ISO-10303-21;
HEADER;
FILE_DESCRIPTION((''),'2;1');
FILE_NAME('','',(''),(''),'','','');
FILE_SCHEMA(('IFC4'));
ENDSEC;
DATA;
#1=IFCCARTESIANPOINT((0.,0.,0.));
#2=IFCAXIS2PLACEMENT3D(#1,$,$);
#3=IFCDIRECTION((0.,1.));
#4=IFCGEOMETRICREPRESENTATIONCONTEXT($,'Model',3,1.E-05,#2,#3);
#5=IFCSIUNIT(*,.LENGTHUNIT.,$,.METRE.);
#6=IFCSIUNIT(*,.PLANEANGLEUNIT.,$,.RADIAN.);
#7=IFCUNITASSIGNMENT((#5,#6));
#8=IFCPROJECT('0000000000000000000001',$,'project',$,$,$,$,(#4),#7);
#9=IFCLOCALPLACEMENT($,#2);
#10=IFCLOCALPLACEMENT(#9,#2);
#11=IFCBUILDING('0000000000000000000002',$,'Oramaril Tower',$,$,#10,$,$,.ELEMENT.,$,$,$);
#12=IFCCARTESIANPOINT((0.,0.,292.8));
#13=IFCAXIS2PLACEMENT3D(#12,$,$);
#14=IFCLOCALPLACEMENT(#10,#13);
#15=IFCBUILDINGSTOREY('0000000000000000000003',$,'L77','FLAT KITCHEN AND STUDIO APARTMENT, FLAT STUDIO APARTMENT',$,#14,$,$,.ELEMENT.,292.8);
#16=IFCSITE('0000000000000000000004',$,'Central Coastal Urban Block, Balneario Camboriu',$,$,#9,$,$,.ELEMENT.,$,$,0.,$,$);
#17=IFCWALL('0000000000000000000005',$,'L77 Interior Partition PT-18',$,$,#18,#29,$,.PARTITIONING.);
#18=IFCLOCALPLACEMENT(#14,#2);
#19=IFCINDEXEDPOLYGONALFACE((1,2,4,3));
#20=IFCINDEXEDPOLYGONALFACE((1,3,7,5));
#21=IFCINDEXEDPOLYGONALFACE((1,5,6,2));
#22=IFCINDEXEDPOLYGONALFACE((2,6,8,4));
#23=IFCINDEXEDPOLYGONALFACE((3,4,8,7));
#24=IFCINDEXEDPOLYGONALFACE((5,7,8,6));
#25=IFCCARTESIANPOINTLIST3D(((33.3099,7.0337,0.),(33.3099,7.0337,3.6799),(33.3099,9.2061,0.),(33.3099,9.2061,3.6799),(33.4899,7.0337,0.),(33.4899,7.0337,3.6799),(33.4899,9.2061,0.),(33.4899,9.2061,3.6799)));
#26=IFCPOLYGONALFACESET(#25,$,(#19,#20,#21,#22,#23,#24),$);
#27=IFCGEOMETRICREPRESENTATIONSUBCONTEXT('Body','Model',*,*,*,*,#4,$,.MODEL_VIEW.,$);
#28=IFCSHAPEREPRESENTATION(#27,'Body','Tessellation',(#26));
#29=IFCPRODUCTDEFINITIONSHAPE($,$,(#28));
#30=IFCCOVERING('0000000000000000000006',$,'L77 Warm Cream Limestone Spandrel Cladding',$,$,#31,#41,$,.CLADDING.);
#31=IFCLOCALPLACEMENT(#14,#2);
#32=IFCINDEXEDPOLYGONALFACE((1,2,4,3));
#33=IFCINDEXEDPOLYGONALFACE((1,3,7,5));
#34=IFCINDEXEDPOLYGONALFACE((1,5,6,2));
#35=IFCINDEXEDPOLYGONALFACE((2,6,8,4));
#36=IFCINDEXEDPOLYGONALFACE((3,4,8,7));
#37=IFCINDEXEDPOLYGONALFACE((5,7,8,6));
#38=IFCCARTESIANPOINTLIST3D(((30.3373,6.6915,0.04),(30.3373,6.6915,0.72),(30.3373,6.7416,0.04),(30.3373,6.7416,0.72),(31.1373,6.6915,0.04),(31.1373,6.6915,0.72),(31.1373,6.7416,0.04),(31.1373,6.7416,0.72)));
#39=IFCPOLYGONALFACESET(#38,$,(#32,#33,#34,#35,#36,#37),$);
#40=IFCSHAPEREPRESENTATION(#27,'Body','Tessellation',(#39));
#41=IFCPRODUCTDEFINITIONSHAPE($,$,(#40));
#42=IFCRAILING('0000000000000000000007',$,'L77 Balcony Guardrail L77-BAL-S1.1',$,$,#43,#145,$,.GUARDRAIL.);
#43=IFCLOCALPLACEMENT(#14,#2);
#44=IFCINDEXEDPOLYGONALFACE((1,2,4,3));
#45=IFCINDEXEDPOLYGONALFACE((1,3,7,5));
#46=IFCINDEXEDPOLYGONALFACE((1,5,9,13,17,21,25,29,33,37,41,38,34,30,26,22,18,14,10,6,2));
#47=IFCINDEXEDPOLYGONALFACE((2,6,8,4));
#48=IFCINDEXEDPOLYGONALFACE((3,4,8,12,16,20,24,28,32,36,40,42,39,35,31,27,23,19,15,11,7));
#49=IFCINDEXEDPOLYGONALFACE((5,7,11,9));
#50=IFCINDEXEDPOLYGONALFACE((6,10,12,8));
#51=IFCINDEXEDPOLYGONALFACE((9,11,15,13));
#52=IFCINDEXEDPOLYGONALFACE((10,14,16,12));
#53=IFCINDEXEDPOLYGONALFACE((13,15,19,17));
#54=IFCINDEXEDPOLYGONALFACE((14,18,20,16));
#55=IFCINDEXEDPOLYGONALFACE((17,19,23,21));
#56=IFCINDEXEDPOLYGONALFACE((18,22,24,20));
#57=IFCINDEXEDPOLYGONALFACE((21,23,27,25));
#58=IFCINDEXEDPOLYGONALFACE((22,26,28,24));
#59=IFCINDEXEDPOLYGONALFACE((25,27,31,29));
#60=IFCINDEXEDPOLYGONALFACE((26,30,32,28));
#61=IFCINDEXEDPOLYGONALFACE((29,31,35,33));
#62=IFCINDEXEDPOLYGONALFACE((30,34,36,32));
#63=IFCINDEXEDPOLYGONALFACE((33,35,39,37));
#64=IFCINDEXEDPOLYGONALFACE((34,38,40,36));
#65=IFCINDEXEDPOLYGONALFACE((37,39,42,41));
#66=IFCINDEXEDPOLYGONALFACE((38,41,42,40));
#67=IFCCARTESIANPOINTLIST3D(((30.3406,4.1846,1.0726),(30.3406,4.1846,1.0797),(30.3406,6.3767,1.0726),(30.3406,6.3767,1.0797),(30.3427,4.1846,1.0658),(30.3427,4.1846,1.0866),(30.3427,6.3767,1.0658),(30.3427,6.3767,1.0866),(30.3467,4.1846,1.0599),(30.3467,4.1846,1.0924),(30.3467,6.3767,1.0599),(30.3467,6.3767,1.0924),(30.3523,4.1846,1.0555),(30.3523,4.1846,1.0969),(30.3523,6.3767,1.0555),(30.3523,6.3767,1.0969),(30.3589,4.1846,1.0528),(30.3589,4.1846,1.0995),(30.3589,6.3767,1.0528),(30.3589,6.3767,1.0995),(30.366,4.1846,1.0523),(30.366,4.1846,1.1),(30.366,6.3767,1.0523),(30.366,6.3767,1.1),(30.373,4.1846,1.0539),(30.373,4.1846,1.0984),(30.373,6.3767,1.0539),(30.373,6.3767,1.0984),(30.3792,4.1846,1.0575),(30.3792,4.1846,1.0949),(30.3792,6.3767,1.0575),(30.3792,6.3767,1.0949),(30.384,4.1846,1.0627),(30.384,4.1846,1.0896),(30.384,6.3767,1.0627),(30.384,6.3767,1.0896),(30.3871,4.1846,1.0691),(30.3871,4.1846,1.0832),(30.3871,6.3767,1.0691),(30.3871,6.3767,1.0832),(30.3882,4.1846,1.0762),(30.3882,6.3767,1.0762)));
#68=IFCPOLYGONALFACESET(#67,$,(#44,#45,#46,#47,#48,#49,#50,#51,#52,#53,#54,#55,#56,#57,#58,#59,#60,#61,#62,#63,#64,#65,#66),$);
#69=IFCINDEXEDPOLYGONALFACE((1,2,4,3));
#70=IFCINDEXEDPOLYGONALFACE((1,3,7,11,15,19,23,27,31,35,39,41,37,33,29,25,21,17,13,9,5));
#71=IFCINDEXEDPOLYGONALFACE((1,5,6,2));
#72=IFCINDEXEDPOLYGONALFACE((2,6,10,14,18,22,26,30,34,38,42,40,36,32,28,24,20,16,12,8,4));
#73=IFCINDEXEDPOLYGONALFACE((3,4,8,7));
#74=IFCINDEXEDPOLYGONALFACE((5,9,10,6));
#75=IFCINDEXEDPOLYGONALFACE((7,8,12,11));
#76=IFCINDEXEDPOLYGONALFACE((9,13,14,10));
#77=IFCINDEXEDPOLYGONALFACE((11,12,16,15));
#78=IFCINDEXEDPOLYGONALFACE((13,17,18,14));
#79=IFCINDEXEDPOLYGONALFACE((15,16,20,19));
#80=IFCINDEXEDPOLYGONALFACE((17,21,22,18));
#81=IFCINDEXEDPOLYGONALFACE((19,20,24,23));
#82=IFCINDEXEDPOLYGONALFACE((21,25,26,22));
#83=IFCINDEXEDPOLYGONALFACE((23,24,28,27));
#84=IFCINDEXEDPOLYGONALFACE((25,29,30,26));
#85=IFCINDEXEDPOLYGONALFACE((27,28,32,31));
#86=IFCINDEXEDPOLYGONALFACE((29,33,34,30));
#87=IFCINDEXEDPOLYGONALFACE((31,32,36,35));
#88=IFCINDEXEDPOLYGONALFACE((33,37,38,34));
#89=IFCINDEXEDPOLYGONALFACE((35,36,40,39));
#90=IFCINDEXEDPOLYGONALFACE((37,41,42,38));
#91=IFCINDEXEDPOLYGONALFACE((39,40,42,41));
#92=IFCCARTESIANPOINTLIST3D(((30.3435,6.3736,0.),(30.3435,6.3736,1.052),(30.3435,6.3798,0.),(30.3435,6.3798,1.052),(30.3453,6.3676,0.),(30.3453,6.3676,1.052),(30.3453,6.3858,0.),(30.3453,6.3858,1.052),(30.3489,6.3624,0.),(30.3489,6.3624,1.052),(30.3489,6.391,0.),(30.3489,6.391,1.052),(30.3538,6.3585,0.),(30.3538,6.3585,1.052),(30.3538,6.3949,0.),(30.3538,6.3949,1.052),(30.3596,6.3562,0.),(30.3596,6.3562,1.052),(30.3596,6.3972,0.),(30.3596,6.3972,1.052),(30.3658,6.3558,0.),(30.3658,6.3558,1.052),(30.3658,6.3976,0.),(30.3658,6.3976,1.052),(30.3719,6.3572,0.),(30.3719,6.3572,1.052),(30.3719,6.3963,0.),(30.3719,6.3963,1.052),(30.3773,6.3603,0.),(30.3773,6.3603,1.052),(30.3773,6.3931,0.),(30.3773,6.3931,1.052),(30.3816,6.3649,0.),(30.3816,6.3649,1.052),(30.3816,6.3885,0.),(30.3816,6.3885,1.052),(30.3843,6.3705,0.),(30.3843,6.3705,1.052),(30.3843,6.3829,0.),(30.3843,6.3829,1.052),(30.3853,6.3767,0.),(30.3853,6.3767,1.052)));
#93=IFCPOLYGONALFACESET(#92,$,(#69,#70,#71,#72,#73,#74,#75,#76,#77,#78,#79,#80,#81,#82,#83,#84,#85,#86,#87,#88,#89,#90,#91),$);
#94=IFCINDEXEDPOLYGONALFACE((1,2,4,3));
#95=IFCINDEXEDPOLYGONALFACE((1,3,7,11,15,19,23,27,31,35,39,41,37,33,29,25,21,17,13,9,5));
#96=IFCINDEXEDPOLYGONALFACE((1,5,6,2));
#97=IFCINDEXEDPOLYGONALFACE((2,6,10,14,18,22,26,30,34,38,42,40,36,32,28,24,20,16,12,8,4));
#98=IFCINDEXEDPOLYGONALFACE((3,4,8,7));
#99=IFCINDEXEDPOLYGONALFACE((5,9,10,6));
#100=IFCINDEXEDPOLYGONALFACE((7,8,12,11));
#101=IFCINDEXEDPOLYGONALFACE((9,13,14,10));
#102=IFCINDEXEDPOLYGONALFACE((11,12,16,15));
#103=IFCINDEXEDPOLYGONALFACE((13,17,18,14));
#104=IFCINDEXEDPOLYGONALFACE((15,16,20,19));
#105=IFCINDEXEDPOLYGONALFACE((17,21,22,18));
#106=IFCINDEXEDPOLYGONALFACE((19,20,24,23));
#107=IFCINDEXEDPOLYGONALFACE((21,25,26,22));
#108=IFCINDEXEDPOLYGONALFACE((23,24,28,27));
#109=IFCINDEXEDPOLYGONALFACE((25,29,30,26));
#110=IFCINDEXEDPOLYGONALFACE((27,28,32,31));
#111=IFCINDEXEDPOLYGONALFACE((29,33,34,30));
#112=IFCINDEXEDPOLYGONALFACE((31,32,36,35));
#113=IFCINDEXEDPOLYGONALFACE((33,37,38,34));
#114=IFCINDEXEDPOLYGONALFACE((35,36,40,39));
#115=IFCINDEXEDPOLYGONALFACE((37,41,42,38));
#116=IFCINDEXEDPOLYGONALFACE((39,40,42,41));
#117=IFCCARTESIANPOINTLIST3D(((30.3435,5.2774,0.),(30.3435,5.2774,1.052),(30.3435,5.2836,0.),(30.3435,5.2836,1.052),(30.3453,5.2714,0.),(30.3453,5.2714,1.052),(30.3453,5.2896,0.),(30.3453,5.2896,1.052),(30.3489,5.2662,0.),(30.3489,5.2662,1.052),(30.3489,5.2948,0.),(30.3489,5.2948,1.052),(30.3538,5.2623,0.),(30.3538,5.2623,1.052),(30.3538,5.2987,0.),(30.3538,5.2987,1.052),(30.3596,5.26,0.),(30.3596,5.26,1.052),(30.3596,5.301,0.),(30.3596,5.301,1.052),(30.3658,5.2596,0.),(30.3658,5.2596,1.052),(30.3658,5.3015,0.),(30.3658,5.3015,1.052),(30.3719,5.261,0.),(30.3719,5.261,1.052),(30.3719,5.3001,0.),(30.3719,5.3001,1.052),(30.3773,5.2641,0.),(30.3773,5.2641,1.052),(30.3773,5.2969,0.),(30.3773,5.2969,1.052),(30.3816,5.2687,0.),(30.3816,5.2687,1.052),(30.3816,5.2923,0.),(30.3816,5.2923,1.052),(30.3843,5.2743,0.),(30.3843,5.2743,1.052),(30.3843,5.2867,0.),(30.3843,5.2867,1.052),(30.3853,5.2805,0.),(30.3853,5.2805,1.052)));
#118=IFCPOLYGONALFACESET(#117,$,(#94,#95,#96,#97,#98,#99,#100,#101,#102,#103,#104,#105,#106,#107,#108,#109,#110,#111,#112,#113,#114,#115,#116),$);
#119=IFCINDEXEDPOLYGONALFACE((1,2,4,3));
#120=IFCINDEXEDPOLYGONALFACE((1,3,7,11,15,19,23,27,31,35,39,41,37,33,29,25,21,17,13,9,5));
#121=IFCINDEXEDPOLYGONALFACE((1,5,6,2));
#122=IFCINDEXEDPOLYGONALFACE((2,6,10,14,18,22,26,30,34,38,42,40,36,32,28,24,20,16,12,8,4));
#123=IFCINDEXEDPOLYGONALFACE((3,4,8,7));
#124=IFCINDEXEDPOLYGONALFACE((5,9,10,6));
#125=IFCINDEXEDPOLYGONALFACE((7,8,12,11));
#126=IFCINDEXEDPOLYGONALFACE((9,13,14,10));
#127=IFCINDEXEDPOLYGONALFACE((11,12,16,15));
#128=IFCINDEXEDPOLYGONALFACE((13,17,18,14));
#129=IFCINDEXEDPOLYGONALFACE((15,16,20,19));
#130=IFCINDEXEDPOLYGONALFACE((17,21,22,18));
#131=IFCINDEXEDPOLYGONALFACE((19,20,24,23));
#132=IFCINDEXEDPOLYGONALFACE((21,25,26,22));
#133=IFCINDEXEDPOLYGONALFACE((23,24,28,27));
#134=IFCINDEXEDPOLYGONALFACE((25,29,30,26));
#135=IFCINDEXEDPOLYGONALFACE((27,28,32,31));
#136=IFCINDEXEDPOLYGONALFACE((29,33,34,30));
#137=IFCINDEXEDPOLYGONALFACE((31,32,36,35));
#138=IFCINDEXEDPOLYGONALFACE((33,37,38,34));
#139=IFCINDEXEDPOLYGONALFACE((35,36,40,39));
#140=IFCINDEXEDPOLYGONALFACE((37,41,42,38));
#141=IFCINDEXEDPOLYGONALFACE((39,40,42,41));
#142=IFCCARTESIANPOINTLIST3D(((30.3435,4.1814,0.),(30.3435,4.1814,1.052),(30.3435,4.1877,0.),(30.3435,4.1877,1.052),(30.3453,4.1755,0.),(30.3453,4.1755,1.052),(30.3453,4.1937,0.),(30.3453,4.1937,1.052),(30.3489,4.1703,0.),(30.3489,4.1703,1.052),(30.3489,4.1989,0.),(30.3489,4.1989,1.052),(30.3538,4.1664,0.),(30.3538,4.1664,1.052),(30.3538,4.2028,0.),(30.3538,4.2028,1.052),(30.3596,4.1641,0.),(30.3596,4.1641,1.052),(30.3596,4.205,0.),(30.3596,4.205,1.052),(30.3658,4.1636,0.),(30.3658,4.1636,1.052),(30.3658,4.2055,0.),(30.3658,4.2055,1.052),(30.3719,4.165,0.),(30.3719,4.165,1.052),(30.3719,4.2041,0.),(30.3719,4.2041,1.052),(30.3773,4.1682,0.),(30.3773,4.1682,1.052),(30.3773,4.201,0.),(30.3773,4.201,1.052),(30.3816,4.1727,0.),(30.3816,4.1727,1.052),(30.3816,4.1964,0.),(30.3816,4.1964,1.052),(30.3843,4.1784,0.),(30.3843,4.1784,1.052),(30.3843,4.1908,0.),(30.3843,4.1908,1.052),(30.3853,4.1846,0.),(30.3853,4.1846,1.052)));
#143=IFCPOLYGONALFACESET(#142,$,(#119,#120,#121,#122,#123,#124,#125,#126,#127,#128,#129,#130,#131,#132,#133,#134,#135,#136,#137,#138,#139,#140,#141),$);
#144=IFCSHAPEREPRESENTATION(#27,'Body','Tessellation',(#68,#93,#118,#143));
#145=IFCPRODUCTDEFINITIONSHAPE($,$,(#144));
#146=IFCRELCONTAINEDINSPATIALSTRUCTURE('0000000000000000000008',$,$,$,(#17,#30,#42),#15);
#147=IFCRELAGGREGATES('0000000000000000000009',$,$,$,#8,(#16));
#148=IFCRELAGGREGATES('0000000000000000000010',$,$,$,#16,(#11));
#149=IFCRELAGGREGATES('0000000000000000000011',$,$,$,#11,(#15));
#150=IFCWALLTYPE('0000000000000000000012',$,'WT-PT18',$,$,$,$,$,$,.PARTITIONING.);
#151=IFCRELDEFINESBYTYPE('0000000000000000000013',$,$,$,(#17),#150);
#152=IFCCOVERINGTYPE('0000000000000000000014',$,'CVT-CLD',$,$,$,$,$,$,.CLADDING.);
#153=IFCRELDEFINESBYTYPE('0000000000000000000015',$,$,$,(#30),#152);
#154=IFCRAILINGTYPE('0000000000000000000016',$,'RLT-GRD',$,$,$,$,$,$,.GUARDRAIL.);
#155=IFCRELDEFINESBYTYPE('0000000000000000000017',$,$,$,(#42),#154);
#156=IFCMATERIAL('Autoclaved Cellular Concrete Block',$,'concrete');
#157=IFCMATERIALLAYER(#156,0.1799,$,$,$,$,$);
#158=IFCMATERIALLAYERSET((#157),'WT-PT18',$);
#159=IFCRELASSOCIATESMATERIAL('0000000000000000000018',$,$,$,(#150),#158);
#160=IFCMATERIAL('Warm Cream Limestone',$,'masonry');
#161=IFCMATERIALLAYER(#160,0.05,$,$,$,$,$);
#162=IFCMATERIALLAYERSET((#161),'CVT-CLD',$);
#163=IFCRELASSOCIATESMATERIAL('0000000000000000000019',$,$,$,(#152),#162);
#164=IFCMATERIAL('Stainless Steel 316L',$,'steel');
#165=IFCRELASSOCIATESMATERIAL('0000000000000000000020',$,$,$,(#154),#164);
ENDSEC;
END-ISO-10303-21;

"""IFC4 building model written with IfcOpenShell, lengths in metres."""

from ifc_helpers import new_model, si_unit, direction, frame, frame_2d, origin, origin_2d, place, context, subcontext, project, spatial, rectangle, circle, extrude, material, layer, layer_set, type_object, element, save


model = new_model("IFC4")

# Units and contexts
model_context = context("Model", 3, precision=1e-05, world=origin(), true_north=direction((0.0, 1.0)))
body_context = subcontext(model_context, "Body", "Model", "MODEL_VIEW")
ifc_project = project(units=[si_unit("LENGTHUNIT", "METRE"), si_unit("PLANEANGLEUNIT", "RADIAN")], contexts=[model_context])

# Site, building, storey
site_placement = place(None, origin())
site = spatial("IfcSite", under=ifc_project, at=site_placement, Name="Central Coastal Urban Block, Balneario Camboriu", CompositionType="ELEMENT", RefElevation=0.0)
building_placement = place(site_placement, origin())
building = spatial("IfcBuilding", under=site, at=building_placement, Name="Oramaril Tower", CompositionType="ELEMENT")
storey_placement = place(building_placement, frame((0.0, 0.0, 292.8)))
storey = spatial("IfcBuildingStorey", under=building, at=storey_placement, Name="L77", Description="FLAT KITCHEN AND STUDIO APARTMENT, FLAT STUDIO APARTMENT", CompositionType="ELEMENT", Elevation=292.8)

# Shared definitions
ifc_material_1 = material(Name="Autoclaved Cellular Concrete Block", Category="concrete")
ifc_layer_1 = layer(ifc_material_1, 0.1799)
ifc_layer_set_1 = layer_set([ifc_layer_1], Name="WT-PT18")
wall_type_1 = type_object("IfcWallType", Name="WT-PT18", PredefinedType="PARTITIONING", material=ifc_layer_set_1)

# Wall
wall_1_placement = place(storey_placement, frame((33.3999, 7.0337, 0.0), z_axis=(0.0, 0.0, 1.0), x_axis=(0.0, 1.0, 0.0)))
element("IfcWall", 1, at=wall_1_placement, inside=storey, type_object=wall_type_1, Name="L77 Interior Partition PT-18", PredefinedType="PARTITIONING", context=body_context, shape_type="SweptSolid", body=[
    extrude(rectangle(XDim=2.1724, YDim=0.1799, at=frame_2d((1.0862, 0.0))), origin(), (0.0, 0.0, 1.0), 3.6799),
])

# Covering
ifc_material_2 = material(Name="Warm Cream Limestone", Category="masonry")
ifc_layer_2 = layer(ifc_material_2, 0.05)
ifc_layer_set_2 = layer_set([ifc_layer_2], Name="CVT-CLD")
covering_type = type_object("IfcCoveringType", Name="CVT-CLD", PredefinedType="CLADDING", material=ifc_layer_set_2)
covering_placement = place(storey_placement, frame((30.7373, 6.7166, 0.04), z_axis=(0.0, 0.0, 1.0), x_axis=(1.0, 0.0, 0.0)))
element("IfcCovering", 2, at=covering_placement, inside=storey, type_object=covering_type, Name="L77 Warm Cream Limestone Spandrel Cladding", PredefinedType="CLADDING", context=body_context, shape_type="SweptSolid", body=[
    extrude(rectangle(XDim=0.8, YDim=0.05, at=origin_2d()), origin(), (0.0, 0.0, 1.0), 0.6799),
])

# Railing
ifc_material_3 = material(Name="Stainless Steel 316L", Category="steel")
railing_type = type_object("IfcRailingType", Name="RLT-GRD", PredefinedType="GUARDRAIL", material=ifc_material_3)
railing_1_placement = place(storey_placement, frame((30.3643, 6.3767, 0.0)))
element("IfcRailing", 3, at=railing_1_placement, inside=storey, type_object=railing_type, Name="L77 Balcony Guardrail L77-BAL-S1.1", PredefinedType="GUARDRAIL", context=body_context, shape_type="SweptSolid", body=[
    extrude(circle(Radius=0.0239, at=origin_2d()), frame((0.0, 0.0, 1.0762), z_axis=(0.0, -1.0, 0.0), x_axis=(1.0, 0.0, 0.0)), (0.0, 0.0, 1.0), 2.1921),
    extrude(circle(Radius=0.021, at=origin_2d()), origin(), (0.0, 0.0, 1.0), 1.052),
    extrude(circle(Radius=0.021, at=origin_2d()), frame((0.0, -1.0962, 0.0)), (0.0, 0.0, 1.0), 1.052),
    extrude(circle(Radius=0.021, at=origin_2d()), frame((0.0, -2.1921, 0.0)), (0.0, 0.0, 1.0), 1.052),
])

save(model, "model.ifc")
